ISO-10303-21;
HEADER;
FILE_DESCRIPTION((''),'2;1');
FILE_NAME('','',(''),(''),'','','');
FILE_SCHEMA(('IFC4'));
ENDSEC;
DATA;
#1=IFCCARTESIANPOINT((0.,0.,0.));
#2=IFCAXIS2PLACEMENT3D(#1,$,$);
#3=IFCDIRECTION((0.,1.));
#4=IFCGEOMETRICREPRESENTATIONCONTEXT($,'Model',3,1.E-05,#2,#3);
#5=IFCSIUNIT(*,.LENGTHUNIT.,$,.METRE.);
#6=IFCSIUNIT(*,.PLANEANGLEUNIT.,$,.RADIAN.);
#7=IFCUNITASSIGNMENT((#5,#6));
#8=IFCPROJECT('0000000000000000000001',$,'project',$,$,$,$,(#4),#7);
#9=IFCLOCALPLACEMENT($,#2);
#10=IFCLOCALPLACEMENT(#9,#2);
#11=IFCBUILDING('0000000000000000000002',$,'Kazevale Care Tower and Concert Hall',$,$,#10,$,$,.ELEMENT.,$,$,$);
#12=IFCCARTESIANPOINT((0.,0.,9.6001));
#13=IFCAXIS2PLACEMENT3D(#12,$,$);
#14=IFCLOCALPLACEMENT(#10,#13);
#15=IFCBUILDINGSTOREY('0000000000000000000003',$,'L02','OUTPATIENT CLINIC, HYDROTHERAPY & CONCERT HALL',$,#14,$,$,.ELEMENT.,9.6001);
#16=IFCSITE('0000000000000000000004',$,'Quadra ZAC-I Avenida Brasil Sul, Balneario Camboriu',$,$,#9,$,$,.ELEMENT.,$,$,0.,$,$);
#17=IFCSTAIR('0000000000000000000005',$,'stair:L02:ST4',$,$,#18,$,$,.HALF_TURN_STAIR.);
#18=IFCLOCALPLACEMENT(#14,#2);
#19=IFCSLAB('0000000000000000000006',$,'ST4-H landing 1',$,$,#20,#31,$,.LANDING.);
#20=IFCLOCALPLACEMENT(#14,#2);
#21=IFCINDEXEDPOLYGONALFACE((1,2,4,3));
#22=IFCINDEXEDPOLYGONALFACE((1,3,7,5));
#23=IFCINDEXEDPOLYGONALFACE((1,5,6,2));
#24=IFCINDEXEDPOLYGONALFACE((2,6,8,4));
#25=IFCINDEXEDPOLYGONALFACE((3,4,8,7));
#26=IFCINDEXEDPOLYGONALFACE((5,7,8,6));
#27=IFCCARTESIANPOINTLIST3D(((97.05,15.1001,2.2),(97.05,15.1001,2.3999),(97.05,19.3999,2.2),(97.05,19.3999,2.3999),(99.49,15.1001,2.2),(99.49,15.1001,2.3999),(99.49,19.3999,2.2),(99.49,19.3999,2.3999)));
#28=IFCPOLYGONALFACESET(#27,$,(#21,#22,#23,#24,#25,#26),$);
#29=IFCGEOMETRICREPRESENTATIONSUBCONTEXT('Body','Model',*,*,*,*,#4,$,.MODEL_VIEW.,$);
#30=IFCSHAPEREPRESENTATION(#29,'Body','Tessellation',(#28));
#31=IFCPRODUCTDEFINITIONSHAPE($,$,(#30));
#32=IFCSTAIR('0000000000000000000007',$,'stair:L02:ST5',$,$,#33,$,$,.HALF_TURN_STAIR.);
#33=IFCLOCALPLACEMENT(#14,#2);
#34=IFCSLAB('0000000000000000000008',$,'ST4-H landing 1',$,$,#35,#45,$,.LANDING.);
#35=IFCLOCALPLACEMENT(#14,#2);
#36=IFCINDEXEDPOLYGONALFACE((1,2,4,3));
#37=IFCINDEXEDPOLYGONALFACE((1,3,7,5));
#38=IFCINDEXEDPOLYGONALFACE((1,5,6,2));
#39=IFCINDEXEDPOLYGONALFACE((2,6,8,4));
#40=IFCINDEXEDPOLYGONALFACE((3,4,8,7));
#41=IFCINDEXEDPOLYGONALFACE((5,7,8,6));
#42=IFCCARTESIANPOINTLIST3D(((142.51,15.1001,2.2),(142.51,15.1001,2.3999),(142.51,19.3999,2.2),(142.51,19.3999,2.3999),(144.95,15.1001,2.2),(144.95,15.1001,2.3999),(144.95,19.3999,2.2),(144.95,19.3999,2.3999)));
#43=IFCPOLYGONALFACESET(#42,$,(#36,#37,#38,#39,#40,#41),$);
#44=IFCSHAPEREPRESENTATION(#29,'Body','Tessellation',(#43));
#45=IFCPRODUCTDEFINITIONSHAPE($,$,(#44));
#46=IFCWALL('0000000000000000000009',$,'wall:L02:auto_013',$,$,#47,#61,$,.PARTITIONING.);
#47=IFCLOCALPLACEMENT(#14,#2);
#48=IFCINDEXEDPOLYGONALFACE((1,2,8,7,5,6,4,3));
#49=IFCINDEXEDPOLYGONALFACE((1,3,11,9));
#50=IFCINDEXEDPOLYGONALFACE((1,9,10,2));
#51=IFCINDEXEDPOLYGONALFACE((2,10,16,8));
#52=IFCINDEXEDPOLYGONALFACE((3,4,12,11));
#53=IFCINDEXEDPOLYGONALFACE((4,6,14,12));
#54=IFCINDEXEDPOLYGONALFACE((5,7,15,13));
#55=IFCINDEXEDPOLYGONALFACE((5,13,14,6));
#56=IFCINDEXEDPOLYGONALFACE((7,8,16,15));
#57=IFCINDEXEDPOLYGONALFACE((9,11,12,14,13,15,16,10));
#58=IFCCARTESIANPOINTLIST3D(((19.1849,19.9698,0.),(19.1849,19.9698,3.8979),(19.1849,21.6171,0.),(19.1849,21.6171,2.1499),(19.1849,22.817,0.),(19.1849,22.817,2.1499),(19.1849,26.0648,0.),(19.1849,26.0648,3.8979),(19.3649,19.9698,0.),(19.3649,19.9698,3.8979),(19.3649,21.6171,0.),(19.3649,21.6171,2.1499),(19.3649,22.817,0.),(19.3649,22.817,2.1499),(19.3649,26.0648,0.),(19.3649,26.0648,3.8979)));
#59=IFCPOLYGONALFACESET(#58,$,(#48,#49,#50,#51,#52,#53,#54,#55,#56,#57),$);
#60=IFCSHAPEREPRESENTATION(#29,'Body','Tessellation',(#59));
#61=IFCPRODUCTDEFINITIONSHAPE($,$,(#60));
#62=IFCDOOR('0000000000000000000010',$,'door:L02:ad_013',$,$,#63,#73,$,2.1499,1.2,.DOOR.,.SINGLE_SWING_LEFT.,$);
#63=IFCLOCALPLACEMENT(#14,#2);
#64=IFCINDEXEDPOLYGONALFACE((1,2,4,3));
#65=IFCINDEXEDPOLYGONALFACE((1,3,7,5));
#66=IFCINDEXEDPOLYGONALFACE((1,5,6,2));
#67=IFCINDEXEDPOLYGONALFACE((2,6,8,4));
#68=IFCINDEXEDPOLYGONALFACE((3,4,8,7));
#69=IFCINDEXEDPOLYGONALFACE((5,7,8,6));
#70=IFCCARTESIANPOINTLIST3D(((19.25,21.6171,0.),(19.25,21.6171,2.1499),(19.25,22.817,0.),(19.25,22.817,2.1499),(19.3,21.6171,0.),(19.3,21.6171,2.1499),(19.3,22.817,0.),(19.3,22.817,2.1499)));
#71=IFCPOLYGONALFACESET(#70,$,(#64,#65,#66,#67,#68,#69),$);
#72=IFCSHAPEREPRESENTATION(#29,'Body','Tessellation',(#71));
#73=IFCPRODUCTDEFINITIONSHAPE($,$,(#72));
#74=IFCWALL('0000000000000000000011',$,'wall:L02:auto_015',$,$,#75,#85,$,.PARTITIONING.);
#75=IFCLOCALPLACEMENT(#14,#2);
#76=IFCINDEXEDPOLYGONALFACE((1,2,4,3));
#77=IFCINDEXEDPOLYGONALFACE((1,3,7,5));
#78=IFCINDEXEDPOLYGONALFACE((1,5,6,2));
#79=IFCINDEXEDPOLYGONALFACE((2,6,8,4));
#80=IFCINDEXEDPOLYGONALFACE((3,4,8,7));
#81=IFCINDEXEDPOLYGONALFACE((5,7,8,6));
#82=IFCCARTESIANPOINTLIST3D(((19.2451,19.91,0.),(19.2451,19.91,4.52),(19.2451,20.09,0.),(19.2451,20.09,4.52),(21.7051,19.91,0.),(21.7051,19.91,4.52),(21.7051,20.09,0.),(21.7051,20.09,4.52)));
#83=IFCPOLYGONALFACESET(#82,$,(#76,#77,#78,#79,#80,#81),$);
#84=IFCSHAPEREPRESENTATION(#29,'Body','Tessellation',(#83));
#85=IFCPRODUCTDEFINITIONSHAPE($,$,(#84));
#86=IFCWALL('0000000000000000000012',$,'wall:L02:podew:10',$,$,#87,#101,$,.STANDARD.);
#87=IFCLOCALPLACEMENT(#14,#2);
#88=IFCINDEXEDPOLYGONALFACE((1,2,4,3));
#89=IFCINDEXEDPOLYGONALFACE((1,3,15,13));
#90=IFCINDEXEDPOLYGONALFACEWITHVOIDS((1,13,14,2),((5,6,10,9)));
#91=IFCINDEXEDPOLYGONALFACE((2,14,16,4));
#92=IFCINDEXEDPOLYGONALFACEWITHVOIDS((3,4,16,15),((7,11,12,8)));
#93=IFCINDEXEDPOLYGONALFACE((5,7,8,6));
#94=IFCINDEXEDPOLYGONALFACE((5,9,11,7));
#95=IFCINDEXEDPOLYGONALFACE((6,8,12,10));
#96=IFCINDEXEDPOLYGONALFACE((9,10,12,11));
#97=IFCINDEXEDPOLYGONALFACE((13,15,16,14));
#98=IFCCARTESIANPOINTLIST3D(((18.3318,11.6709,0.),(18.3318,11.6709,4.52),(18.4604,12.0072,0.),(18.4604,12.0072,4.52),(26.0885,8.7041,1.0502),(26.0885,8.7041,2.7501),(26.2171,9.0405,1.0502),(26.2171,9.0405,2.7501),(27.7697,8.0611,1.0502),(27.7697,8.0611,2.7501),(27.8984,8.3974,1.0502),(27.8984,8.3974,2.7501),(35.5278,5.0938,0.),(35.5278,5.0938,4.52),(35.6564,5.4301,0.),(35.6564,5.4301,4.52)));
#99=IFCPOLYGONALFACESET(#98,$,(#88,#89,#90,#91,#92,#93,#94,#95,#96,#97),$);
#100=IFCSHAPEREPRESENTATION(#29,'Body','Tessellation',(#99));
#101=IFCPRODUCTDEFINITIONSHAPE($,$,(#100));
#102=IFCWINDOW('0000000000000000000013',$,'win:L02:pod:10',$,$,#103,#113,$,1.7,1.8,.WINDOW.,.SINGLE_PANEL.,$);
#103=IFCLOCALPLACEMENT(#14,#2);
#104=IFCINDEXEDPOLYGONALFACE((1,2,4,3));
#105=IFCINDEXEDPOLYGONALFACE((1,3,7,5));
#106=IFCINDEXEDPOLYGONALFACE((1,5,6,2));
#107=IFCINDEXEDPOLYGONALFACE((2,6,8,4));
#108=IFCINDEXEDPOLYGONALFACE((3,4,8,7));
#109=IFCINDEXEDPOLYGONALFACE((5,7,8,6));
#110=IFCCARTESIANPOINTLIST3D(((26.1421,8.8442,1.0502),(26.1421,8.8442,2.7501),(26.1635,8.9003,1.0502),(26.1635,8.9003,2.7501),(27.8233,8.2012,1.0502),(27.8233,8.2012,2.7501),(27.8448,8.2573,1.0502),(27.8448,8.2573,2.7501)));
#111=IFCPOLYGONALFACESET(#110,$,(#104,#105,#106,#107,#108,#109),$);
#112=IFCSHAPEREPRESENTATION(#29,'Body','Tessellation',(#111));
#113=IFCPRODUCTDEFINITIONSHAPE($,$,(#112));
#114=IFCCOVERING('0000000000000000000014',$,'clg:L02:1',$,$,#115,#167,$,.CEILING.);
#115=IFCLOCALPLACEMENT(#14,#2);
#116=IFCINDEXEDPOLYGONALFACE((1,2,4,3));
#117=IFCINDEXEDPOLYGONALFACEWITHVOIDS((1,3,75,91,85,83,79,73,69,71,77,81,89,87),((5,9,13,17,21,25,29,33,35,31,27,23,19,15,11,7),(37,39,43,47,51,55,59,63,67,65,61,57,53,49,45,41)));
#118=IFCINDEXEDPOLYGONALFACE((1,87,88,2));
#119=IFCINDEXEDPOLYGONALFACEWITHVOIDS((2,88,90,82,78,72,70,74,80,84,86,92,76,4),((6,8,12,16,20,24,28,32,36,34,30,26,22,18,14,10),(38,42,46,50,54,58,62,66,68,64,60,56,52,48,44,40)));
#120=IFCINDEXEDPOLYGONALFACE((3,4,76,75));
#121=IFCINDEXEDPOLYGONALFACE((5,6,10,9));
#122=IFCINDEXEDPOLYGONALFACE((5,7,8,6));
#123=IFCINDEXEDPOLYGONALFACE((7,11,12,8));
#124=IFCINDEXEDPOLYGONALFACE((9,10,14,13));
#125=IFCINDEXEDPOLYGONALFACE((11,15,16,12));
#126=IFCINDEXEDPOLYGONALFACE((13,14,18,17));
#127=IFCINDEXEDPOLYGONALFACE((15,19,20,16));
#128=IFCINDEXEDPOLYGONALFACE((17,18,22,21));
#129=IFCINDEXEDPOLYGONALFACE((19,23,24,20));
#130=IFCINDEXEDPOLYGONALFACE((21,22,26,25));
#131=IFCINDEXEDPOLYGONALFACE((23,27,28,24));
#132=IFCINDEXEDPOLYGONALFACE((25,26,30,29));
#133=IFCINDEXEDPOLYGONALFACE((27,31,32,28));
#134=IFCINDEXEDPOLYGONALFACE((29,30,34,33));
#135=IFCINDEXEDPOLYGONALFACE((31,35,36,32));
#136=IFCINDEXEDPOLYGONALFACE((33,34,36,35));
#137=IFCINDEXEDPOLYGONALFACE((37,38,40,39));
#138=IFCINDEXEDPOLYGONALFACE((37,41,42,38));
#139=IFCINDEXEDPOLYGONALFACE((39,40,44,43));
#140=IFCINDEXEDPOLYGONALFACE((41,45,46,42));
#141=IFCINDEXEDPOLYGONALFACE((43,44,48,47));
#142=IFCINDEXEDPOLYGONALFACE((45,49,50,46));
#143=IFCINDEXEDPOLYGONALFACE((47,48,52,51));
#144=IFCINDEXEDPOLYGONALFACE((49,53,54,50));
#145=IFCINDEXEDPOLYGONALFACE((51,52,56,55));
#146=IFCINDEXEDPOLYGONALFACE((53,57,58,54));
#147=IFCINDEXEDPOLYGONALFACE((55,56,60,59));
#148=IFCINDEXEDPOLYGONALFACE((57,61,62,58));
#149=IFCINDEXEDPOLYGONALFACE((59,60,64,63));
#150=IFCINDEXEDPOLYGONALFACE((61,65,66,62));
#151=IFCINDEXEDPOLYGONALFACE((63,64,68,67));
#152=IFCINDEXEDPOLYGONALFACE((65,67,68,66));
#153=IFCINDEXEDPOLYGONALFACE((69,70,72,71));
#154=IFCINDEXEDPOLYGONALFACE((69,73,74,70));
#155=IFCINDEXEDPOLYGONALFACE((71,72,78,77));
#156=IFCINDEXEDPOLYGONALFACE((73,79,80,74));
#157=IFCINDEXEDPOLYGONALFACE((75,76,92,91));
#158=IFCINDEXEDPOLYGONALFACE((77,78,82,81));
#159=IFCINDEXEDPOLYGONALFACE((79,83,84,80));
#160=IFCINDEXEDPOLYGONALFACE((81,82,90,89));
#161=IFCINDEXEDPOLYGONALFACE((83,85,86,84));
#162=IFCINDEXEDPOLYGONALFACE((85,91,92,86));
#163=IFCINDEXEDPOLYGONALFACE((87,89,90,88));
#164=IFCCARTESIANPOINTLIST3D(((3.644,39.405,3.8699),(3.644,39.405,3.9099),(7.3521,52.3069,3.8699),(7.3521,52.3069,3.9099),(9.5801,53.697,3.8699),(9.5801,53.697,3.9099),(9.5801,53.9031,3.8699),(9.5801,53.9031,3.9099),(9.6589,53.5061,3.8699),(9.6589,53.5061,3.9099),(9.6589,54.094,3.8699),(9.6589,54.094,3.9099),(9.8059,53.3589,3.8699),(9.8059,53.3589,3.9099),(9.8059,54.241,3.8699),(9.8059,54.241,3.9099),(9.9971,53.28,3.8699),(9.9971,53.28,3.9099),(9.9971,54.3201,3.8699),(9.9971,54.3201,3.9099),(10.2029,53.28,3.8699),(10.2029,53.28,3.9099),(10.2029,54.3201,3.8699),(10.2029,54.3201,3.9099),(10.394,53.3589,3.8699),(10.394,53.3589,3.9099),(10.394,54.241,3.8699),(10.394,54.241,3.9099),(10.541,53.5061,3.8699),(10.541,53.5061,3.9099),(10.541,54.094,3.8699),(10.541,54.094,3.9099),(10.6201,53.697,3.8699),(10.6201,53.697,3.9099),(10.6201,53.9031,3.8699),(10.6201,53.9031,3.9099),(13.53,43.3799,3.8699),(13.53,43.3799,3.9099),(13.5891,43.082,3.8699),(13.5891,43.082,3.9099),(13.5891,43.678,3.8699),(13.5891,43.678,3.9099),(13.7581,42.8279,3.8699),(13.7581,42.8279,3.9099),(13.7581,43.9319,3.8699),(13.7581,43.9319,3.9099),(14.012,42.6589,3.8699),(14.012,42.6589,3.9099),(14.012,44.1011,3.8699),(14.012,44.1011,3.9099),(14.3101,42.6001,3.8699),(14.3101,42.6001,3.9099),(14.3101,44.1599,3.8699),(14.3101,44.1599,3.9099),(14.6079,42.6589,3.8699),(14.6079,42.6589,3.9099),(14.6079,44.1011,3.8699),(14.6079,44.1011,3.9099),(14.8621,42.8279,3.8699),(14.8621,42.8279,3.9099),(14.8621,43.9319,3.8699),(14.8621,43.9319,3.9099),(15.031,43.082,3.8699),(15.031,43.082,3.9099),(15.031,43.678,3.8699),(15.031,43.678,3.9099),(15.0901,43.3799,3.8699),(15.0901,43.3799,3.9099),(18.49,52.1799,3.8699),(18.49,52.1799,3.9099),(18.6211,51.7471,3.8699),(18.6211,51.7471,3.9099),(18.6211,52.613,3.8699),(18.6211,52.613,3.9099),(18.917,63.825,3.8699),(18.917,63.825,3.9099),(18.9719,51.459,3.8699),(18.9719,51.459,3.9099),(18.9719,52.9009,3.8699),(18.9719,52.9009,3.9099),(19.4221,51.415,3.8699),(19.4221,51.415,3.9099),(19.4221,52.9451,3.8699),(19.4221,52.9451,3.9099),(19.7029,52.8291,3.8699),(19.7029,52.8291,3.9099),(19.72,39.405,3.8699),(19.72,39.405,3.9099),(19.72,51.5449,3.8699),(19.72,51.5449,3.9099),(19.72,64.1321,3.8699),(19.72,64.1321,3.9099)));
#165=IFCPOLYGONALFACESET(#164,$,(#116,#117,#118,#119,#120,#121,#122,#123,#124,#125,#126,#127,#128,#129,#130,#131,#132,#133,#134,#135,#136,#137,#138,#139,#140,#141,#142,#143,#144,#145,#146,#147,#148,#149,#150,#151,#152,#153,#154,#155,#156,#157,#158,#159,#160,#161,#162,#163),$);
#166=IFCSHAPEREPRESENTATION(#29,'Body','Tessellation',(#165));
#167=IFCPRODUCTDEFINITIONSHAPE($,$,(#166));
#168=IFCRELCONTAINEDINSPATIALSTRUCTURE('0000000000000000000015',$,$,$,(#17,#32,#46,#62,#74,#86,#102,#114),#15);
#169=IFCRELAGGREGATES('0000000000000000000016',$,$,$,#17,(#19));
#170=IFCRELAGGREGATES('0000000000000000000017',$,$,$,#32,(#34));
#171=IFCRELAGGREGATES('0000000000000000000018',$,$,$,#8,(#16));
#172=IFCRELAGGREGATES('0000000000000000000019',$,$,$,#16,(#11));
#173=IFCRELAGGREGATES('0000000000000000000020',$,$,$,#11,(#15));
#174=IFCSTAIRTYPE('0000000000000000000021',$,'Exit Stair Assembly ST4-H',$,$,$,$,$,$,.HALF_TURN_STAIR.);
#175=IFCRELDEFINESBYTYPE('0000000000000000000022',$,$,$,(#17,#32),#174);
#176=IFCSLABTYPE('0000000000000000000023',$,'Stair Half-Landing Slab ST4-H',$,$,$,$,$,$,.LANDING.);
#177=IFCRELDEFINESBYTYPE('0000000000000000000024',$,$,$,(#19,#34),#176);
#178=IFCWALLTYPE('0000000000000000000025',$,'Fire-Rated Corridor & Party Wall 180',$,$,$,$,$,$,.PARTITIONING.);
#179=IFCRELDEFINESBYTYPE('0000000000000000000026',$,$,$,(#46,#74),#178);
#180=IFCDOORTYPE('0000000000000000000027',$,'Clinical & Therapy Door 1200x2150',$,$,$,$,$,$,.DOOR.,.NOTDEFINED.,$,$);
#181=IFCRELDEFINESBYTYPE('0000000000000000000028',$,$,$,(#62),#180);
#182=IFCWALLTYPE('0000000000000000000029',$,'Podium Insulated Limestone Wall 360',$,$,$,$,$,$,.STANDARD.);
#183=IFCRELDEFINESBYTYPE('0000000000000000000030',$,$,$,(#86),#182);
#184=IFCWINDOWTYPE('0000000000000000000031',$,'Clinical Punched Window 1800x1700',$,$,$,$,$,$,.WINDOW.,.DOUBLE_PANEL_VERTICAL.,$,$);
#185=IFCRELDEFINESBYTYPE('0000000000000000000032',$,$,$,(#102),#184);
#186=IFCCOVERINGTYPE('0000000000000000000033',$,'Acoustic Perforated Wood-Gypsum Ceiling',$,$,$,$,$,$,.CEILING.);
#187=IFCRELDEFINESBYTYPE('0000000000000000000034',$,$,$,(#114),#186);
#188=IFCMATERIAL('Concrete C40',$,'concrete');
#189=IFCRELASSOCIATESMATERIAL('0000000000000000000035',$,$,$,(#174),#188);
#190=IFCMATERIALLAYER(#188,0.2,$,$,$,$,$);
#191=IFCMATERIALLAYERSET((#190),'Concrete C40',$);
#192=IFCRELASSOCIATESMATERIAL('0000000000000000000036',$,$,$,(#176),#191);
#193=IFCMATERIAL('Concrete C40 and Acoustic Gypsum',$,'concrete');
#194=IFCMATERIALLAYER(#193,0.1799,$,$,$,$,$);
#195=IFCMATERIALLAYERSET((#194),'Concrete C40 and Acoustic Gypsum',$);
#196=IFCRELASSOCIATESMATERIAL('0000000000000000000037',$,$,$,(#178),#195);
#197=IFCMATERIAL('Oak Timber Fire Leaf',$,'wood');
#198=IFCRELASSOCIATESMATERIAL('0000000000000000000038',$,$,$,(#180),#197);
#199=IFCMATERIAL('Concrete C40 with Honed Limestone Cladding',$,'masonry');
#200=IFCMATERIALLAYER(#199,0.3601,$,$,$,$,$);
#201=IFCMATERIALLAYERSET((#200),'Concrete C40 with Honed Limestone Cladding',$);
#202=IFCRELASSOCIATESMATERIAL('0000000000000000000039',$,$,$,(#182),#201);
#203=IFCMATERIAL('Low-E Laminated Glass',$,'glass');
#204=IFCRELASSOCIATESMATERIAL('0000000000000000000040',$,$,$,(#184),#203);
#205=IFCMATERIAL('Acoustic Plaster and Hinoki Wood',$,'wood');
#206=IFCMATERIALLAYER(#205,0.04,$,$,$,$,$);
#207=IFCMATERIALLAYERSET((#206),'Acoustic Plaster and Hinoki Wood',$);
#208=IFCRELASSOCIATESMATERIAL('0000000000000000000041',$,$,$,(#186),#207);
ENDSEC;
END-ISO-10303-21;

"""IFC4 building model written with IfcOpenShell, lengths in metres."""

from ifc_helpers import new_model, si_unit, direction, frame, frame_2d, origin, place, context, subcontext, project, spatial, polyline, rectangle, outline, extrude, material, layer, layer_set, type_object, element, fill, aggregate, save


model = new_model("IFC4")

# Units and contexts
model_context = context("Model", 3, precision=1e-05, world=origin(), true_north=direction((0.0, 1.0)))
body_context = subcontext(model_context, "Body", "Model", "MODEL_VIEW")
ifc_project = project(units=[si_unit("LENGTHUNIT", "METRE"), si_unit("PLANEANGLEUNIT", "RADIAN")], contexts=[model_context])

# Site, building, storey
site_placement = place(None, origin())
site = spatial("IfcSite", under=ifc_project, at=site_placement, Name="Quadra ZAC-I Avenida Brasil Sul, Balneario Camboriu", CompositionType="ELEMENT", RefElevation=0.0)
building_placement = place(site_placement, origin())
building = spatial("IfcBuilding", under=site, at=building_placement, Name="Kazevale Care Tower and Concert Hall", CompositionType="ELEMENT")
storey_placement = place(building_placement, frame((0.0, 0.0, 9.6001)))
storey = spatial("IfcBuildingStorey", under=building, at=storey_placement, Name="L02", Description="OUTPATIENT CLINIC, HYDROTHERAPY & CONCERT HALL", CompositionType="ELEMENT", Elevation=9.6001)

# Shared definitions
ifc_material_1 = material(Name="Low-E Laminated Glass", Category="glass")

# Shared definitions
ifc_material_2 = material(Name="Concrete C40", Category="concrete")

# Stairs, slabs
stair_type_1 = type_object("IfcStairType", Name="Exit Stair Assembly ST4-H", PredefinedType="HALF_TURN_STAIR", material=ifc_material_2)
stair_1_placement = place(storey_placement, origin())
stair_1 = element("IfcStair", 1, at=stair_1_placement, inside=storey, type_object=stair_type_1, Name="stair:L02:ST4", PredefinedType="HALF_TURN_STAIR")
ifc_layer_1 = layer(ifc_material_2, 0.2)
ifc_layer_set_1 = layer_set([ifc_layer_1], Name="Concrete C40")
slab_type_1 = type_object("IfcSlabType", Name="Stair Half-Landing Slab ST4-H", PredefinedType="LANDING", material=ifc_layer_set_1)
slab_1_placement = place(storey_placement, frame((0.0, 0.0, 2.2)))
slab_1 = element("IfcSlab", 2, at=slab_1_placement, type_object=slab_type_1, Name="ST4-H landing 1", PredefinedType="LANDING", context=body_context, shape_type="SweptSolid", body=[
    extrude(outline(polyline([(97.05, 15.1001), (99.49, 15.1001), (99.49, 19.3999), (97.05, 19.3999), (97.05, 15.1001)])), origin(), (0.0, 0.0, 1.0), 0.2),
])
aggregate(stair_1, [slab_1])
stair_2_placement = place(storey_placement, origin())
stair_2 = element("IfcStair", 3, at=stair_2_placement, inside=storey, type_object=stair_type_1, Name="stair:L02:ST5", PredefinedType="HALF_TURN_STAIR")
slab_2_placement = place(storey_placement, frame((0.0, 0.0, 2.2)))
slab_2 = element("IfcSlab", 4, at=slab_2_placement, type_object=slab_type_1, Name="ST4-H landing 1", PredefinedType="LANDING", context=body_context, shape_type="SweptSolid", body=[
    extrude(outline(polyline([(142.51, 15.1001), (144.95, 15.1001), (144.95, 19.3999), (142.51, 19.3999), (142.51, 15.1001)])), origin(), (0.0, 0.0, 1.0), 0.2),
])
aggregate(stair_2, [slab_2])

# Wall, opening, door
ifc_material_3 = material(Name="Concrete C40 and Acoustic Gypsum", Category="concrete")
ifc_layer_2 = layer(ifc_material_3, 0.1799)
ifc_layer_set_2 = layer_set([ifc_layer_2], Name="Concrete C40 and Acoustic Gypsum")
wall_type_1 = type_object("IfcWallType", Name="Fire-Rated Corridor & Party Wall 180", PredefinedType="PARTITIONING", material=ifc_layer_set_2)
wall_1_placement = place(storey_placement, frame((19.2749, 19.97, 0.0), z_axis=(0.0, 0.0, 1.0), x_axis=(0.0, 1.0, 0.0)))
wall_1 = element("IfcWall", 5, at=wall_1_placement, inside=storey, type_object=wall_type_1, Name="wall:L02:auto_013", PredefinedType="PARTITIONING", context=body_context, shape_type="SweptSolid", body=[
    extrude(rectangle(XDim=6.095, YDim=0.1799, at=frame_2d((3.0474, 0.0))), origin(), (0.0, 0.0, 1.0), 3.8979),
])
opening_1_placement = place(wall_1_placement, frame((1.647, 0.0, 0.0)))
opening_1 = element("IfcOpeningElement", 6, at=opening_1_placement, cuts=wall_1, PredefinedType="OPENING", context=body_context, shape_type="SweptSolid", body=[
    extrude(rectangle(XDim=1.2, YDim=2.1499, at=frame_2d((0.6001, 1.075))), frame((0.0, 0.0999, 0.0), z_axis=(0.0, -1.0, 0.0), x_axis=(1.0, 0.0, 0.0)), (0.0, 0.0, 1.0), 0.2),
])
ifc_material_4 = material(Name="Oak Timber Fire Leaf", Category="wood")
door_type = type_object("IfcDoorType", Name="Clinical & Therapy Door 1200x2150", OperationType="NOTDEFINED", PredefinedType="DOOR", material=ifc_material_4)
door_placement = place(opening_1_placement, origin())
door = element("IfcDoor", 7, at=door_placement, inside=storey, type_object=door_type, Name="door:L02:ad_013", OperationType="SINGLE_SWING_LEFT", OverallHeight=2.1499, OverallWidth=1.2, PredefinedType="DOOR", context=body_context, shape_type="SweptSolid", body=[
    extrude(rectangle(XDim=1.2, YDim=2.1499, at=frame_2d((0.6001, 1.075))), frame((0.0, 0.0249, 0.0), z_axis=(0.0, -1.0, 0.0), x_axis=(1.0, 0.0, 0.0)), (0.0, 0.0, 1.0), 0.05),
])
fill(opening_1, door)

# Wall
wall_2_placement = place(storey_placement, frame((21.7051, 20.0, 0.0), z_axis=(0.0, 0.0, 1.0), x_axis=(-1.0, 0.0, 0.0)))
element("IfcWall", 8, at=wall_2_placement, inside=storey, type_object=wall_type_1, Name="wall:L02:auto_015", PredefinedType="PARTITIONING", context=body_context, shape_type="SweptSolid", body=[
    extrude(rectangle(XDim=2.46, YDim=0.1799, at=frame_2d((1.23, 0.0))), origin(), (0.0, 0.0, 1.0), 4.52),
])

# Wall, opening, window
ifc_material_5 = material(Name="Concrete C40 with Honed Limestone Cladding", Category="masonry")
ifc_layer_3 = layer(ifc_material_5, 0.3601)
ifc_layer_set_3 = layer_set([ifc_layer_3], Name="Concrete C40 with Honed Limestone Cladding")
wall_type_2 = type_object("IfcWallType", Name="Podium Insulated Limestone Wall 360", PredefinedType="STANDARD", material=ifc_layer_set_3)
wall_3_placement = place(storey_placement, frame((18.396, 11.8391, 0.0), z_axis=(0.0, 0.0, 1.0), x_axis=(0.934012, -0.357241, 0.0)))
wall_3 = element("IfcWall", 9, at=wall_3_placement, inside=storey, type_object=wall_type_2, Name="wall:L02:podew:10", PredefinedType="STANDARD", context=body_context, shape_type="SweptSolid", body=[
    extrude(rectangle(XDim=18.4109, YDim=0.3601, at=frame_2d((9.2056, 0.0))), origin(), (0.0, 0.0, 1.0), 4.52),
])
opening_2_placement = place(wall_3_placement, frame((8.3049, 0.0, 1.05)))
opening_2 = element("IfcOpeningElement", 10, at=opening_2_placement, cuts=wall_3, PredefinedType="OPENING", context=body_context, shape_type="SweptSolid", body=[
    extrude(rectangle(XDim=1.8, YDim=1.7, at=frame_2d((0.8999, 0.8501))), frame((0.0, 0.1899, 0.0), z_axis=(0.0, -1.0, 0.0), x_axis=(1.0, 0.0, 0.0)), (0.0, 0.0, 1.0), 0.3801),
])
window_type = type_object("IfcWindowType", Name="Clinical Punched Window 1800x1700", PartitioningType="DOUBLE_PANEL_VERTICAL", PredefinedType="WINDOW", material=ifc_material_1)
window_placement = place(opening_2_placement, origin())
window = element("IfcWindow", 11, at=window_placement, inside=storey, type_object=window_type, Name="win:L02:pod:10", OverallHeight=1.7, OverallWidth=1.8, PartitioningType="SINGLE_PANEL", PredefinedType="WINDOW", context=body_context, shape_type="SweptSolid", body=[
    extrude(rectangle(XDim=1.8, YDim=1.7, at=frame_2d((0.8999, 0.8501))), frame((0.0, 0.03, 0.0), z_axis=(0.0, -1.0, 0.0), x_axis=(1.0, 0.0, 0.0)), (0.0, 0.0, 1.0), 0.0601),
])
fill(opening_2, window)

# Covering
ifc_material_6 = material(Name="Acoustic Plaster and Hinoki Wood", Category="wood")
ifc_layer_4 = layer(ifc_material_6, 0.04)
ifc_layer_set_4 = layer_set([ifc_layer_4], Name="Acoustic Plaster and Hinoki Wood")
covering_type_1 = type_object("IfcCoveringType", Name="Acoustic Perforated Wood-Gypsum Ceiling", PredefinedType="CEILING", material=ifc_layer_set_4)
covering_1_placement = place(storey_placement, frame((0.0, 0.0, 3.8699)))
element("IfcCovering", 12, at=covering_1_placement, inside=storey, type_object=covering_type_1, Name="clg:L02:1", PredefinedType="CEILING", context=body_context, shape_type="SweptSolid", body=[
    extrude(outline(polyline([(19.7029, 52.8291), (19.4221, 52.9451), (18.9719, 52.9009), (18.6211, 52.613), (18.49, 52.1799), (18.6211, 51.7471), (18.9719, 51.459), (19.4221, 51.415), (19.72, 51.5449), (19.72, 39.405), (3.644, 39.405), (7.3521, 52.3069), (18.917, 63.825), (19.72, 64.1321), (19.7029, 52.8291)]), holes=[polyline([(15.031, 43.678), (14.8621, 43.9319), (14.6079, 44.1011), (14.3101, 44.1599), (14.012, 44.1011), (13.7581, 43.9319), (13.5891, 43.678), (13.53, 43.3799), (13.5891, 43.082), (13.7581, 42.8279), (14.012, 42.6589), (14.3101, 42.6001), (14.6079, 42.6589), (14.8621, 42.8279), (15.031, 43.082), (15.0901, 43.3799), (15.031, 43.678)]), polyline([(10.6201, 53.9031), (10.541, 54.094), (10.394, 54.241), (10.2029, 54.3201), (9.9971, 54.3201), (9.8059, 54.241), (9.6589, 54.094), (9.5801, 53.9031), (9.5801, 53.697), (9.6589, 53.5061), (9.8059, 53.3589), (9.9971, 53.28), (10.2029, 53.28), (10.394, 53.3589), (10.541, 53.5061), (10.6201, 53.697), (10.6201, 53.9031)])]), origin(), (0.0, 0.0, 1.0), 0.04),
])

save(model, "model.ifc")
